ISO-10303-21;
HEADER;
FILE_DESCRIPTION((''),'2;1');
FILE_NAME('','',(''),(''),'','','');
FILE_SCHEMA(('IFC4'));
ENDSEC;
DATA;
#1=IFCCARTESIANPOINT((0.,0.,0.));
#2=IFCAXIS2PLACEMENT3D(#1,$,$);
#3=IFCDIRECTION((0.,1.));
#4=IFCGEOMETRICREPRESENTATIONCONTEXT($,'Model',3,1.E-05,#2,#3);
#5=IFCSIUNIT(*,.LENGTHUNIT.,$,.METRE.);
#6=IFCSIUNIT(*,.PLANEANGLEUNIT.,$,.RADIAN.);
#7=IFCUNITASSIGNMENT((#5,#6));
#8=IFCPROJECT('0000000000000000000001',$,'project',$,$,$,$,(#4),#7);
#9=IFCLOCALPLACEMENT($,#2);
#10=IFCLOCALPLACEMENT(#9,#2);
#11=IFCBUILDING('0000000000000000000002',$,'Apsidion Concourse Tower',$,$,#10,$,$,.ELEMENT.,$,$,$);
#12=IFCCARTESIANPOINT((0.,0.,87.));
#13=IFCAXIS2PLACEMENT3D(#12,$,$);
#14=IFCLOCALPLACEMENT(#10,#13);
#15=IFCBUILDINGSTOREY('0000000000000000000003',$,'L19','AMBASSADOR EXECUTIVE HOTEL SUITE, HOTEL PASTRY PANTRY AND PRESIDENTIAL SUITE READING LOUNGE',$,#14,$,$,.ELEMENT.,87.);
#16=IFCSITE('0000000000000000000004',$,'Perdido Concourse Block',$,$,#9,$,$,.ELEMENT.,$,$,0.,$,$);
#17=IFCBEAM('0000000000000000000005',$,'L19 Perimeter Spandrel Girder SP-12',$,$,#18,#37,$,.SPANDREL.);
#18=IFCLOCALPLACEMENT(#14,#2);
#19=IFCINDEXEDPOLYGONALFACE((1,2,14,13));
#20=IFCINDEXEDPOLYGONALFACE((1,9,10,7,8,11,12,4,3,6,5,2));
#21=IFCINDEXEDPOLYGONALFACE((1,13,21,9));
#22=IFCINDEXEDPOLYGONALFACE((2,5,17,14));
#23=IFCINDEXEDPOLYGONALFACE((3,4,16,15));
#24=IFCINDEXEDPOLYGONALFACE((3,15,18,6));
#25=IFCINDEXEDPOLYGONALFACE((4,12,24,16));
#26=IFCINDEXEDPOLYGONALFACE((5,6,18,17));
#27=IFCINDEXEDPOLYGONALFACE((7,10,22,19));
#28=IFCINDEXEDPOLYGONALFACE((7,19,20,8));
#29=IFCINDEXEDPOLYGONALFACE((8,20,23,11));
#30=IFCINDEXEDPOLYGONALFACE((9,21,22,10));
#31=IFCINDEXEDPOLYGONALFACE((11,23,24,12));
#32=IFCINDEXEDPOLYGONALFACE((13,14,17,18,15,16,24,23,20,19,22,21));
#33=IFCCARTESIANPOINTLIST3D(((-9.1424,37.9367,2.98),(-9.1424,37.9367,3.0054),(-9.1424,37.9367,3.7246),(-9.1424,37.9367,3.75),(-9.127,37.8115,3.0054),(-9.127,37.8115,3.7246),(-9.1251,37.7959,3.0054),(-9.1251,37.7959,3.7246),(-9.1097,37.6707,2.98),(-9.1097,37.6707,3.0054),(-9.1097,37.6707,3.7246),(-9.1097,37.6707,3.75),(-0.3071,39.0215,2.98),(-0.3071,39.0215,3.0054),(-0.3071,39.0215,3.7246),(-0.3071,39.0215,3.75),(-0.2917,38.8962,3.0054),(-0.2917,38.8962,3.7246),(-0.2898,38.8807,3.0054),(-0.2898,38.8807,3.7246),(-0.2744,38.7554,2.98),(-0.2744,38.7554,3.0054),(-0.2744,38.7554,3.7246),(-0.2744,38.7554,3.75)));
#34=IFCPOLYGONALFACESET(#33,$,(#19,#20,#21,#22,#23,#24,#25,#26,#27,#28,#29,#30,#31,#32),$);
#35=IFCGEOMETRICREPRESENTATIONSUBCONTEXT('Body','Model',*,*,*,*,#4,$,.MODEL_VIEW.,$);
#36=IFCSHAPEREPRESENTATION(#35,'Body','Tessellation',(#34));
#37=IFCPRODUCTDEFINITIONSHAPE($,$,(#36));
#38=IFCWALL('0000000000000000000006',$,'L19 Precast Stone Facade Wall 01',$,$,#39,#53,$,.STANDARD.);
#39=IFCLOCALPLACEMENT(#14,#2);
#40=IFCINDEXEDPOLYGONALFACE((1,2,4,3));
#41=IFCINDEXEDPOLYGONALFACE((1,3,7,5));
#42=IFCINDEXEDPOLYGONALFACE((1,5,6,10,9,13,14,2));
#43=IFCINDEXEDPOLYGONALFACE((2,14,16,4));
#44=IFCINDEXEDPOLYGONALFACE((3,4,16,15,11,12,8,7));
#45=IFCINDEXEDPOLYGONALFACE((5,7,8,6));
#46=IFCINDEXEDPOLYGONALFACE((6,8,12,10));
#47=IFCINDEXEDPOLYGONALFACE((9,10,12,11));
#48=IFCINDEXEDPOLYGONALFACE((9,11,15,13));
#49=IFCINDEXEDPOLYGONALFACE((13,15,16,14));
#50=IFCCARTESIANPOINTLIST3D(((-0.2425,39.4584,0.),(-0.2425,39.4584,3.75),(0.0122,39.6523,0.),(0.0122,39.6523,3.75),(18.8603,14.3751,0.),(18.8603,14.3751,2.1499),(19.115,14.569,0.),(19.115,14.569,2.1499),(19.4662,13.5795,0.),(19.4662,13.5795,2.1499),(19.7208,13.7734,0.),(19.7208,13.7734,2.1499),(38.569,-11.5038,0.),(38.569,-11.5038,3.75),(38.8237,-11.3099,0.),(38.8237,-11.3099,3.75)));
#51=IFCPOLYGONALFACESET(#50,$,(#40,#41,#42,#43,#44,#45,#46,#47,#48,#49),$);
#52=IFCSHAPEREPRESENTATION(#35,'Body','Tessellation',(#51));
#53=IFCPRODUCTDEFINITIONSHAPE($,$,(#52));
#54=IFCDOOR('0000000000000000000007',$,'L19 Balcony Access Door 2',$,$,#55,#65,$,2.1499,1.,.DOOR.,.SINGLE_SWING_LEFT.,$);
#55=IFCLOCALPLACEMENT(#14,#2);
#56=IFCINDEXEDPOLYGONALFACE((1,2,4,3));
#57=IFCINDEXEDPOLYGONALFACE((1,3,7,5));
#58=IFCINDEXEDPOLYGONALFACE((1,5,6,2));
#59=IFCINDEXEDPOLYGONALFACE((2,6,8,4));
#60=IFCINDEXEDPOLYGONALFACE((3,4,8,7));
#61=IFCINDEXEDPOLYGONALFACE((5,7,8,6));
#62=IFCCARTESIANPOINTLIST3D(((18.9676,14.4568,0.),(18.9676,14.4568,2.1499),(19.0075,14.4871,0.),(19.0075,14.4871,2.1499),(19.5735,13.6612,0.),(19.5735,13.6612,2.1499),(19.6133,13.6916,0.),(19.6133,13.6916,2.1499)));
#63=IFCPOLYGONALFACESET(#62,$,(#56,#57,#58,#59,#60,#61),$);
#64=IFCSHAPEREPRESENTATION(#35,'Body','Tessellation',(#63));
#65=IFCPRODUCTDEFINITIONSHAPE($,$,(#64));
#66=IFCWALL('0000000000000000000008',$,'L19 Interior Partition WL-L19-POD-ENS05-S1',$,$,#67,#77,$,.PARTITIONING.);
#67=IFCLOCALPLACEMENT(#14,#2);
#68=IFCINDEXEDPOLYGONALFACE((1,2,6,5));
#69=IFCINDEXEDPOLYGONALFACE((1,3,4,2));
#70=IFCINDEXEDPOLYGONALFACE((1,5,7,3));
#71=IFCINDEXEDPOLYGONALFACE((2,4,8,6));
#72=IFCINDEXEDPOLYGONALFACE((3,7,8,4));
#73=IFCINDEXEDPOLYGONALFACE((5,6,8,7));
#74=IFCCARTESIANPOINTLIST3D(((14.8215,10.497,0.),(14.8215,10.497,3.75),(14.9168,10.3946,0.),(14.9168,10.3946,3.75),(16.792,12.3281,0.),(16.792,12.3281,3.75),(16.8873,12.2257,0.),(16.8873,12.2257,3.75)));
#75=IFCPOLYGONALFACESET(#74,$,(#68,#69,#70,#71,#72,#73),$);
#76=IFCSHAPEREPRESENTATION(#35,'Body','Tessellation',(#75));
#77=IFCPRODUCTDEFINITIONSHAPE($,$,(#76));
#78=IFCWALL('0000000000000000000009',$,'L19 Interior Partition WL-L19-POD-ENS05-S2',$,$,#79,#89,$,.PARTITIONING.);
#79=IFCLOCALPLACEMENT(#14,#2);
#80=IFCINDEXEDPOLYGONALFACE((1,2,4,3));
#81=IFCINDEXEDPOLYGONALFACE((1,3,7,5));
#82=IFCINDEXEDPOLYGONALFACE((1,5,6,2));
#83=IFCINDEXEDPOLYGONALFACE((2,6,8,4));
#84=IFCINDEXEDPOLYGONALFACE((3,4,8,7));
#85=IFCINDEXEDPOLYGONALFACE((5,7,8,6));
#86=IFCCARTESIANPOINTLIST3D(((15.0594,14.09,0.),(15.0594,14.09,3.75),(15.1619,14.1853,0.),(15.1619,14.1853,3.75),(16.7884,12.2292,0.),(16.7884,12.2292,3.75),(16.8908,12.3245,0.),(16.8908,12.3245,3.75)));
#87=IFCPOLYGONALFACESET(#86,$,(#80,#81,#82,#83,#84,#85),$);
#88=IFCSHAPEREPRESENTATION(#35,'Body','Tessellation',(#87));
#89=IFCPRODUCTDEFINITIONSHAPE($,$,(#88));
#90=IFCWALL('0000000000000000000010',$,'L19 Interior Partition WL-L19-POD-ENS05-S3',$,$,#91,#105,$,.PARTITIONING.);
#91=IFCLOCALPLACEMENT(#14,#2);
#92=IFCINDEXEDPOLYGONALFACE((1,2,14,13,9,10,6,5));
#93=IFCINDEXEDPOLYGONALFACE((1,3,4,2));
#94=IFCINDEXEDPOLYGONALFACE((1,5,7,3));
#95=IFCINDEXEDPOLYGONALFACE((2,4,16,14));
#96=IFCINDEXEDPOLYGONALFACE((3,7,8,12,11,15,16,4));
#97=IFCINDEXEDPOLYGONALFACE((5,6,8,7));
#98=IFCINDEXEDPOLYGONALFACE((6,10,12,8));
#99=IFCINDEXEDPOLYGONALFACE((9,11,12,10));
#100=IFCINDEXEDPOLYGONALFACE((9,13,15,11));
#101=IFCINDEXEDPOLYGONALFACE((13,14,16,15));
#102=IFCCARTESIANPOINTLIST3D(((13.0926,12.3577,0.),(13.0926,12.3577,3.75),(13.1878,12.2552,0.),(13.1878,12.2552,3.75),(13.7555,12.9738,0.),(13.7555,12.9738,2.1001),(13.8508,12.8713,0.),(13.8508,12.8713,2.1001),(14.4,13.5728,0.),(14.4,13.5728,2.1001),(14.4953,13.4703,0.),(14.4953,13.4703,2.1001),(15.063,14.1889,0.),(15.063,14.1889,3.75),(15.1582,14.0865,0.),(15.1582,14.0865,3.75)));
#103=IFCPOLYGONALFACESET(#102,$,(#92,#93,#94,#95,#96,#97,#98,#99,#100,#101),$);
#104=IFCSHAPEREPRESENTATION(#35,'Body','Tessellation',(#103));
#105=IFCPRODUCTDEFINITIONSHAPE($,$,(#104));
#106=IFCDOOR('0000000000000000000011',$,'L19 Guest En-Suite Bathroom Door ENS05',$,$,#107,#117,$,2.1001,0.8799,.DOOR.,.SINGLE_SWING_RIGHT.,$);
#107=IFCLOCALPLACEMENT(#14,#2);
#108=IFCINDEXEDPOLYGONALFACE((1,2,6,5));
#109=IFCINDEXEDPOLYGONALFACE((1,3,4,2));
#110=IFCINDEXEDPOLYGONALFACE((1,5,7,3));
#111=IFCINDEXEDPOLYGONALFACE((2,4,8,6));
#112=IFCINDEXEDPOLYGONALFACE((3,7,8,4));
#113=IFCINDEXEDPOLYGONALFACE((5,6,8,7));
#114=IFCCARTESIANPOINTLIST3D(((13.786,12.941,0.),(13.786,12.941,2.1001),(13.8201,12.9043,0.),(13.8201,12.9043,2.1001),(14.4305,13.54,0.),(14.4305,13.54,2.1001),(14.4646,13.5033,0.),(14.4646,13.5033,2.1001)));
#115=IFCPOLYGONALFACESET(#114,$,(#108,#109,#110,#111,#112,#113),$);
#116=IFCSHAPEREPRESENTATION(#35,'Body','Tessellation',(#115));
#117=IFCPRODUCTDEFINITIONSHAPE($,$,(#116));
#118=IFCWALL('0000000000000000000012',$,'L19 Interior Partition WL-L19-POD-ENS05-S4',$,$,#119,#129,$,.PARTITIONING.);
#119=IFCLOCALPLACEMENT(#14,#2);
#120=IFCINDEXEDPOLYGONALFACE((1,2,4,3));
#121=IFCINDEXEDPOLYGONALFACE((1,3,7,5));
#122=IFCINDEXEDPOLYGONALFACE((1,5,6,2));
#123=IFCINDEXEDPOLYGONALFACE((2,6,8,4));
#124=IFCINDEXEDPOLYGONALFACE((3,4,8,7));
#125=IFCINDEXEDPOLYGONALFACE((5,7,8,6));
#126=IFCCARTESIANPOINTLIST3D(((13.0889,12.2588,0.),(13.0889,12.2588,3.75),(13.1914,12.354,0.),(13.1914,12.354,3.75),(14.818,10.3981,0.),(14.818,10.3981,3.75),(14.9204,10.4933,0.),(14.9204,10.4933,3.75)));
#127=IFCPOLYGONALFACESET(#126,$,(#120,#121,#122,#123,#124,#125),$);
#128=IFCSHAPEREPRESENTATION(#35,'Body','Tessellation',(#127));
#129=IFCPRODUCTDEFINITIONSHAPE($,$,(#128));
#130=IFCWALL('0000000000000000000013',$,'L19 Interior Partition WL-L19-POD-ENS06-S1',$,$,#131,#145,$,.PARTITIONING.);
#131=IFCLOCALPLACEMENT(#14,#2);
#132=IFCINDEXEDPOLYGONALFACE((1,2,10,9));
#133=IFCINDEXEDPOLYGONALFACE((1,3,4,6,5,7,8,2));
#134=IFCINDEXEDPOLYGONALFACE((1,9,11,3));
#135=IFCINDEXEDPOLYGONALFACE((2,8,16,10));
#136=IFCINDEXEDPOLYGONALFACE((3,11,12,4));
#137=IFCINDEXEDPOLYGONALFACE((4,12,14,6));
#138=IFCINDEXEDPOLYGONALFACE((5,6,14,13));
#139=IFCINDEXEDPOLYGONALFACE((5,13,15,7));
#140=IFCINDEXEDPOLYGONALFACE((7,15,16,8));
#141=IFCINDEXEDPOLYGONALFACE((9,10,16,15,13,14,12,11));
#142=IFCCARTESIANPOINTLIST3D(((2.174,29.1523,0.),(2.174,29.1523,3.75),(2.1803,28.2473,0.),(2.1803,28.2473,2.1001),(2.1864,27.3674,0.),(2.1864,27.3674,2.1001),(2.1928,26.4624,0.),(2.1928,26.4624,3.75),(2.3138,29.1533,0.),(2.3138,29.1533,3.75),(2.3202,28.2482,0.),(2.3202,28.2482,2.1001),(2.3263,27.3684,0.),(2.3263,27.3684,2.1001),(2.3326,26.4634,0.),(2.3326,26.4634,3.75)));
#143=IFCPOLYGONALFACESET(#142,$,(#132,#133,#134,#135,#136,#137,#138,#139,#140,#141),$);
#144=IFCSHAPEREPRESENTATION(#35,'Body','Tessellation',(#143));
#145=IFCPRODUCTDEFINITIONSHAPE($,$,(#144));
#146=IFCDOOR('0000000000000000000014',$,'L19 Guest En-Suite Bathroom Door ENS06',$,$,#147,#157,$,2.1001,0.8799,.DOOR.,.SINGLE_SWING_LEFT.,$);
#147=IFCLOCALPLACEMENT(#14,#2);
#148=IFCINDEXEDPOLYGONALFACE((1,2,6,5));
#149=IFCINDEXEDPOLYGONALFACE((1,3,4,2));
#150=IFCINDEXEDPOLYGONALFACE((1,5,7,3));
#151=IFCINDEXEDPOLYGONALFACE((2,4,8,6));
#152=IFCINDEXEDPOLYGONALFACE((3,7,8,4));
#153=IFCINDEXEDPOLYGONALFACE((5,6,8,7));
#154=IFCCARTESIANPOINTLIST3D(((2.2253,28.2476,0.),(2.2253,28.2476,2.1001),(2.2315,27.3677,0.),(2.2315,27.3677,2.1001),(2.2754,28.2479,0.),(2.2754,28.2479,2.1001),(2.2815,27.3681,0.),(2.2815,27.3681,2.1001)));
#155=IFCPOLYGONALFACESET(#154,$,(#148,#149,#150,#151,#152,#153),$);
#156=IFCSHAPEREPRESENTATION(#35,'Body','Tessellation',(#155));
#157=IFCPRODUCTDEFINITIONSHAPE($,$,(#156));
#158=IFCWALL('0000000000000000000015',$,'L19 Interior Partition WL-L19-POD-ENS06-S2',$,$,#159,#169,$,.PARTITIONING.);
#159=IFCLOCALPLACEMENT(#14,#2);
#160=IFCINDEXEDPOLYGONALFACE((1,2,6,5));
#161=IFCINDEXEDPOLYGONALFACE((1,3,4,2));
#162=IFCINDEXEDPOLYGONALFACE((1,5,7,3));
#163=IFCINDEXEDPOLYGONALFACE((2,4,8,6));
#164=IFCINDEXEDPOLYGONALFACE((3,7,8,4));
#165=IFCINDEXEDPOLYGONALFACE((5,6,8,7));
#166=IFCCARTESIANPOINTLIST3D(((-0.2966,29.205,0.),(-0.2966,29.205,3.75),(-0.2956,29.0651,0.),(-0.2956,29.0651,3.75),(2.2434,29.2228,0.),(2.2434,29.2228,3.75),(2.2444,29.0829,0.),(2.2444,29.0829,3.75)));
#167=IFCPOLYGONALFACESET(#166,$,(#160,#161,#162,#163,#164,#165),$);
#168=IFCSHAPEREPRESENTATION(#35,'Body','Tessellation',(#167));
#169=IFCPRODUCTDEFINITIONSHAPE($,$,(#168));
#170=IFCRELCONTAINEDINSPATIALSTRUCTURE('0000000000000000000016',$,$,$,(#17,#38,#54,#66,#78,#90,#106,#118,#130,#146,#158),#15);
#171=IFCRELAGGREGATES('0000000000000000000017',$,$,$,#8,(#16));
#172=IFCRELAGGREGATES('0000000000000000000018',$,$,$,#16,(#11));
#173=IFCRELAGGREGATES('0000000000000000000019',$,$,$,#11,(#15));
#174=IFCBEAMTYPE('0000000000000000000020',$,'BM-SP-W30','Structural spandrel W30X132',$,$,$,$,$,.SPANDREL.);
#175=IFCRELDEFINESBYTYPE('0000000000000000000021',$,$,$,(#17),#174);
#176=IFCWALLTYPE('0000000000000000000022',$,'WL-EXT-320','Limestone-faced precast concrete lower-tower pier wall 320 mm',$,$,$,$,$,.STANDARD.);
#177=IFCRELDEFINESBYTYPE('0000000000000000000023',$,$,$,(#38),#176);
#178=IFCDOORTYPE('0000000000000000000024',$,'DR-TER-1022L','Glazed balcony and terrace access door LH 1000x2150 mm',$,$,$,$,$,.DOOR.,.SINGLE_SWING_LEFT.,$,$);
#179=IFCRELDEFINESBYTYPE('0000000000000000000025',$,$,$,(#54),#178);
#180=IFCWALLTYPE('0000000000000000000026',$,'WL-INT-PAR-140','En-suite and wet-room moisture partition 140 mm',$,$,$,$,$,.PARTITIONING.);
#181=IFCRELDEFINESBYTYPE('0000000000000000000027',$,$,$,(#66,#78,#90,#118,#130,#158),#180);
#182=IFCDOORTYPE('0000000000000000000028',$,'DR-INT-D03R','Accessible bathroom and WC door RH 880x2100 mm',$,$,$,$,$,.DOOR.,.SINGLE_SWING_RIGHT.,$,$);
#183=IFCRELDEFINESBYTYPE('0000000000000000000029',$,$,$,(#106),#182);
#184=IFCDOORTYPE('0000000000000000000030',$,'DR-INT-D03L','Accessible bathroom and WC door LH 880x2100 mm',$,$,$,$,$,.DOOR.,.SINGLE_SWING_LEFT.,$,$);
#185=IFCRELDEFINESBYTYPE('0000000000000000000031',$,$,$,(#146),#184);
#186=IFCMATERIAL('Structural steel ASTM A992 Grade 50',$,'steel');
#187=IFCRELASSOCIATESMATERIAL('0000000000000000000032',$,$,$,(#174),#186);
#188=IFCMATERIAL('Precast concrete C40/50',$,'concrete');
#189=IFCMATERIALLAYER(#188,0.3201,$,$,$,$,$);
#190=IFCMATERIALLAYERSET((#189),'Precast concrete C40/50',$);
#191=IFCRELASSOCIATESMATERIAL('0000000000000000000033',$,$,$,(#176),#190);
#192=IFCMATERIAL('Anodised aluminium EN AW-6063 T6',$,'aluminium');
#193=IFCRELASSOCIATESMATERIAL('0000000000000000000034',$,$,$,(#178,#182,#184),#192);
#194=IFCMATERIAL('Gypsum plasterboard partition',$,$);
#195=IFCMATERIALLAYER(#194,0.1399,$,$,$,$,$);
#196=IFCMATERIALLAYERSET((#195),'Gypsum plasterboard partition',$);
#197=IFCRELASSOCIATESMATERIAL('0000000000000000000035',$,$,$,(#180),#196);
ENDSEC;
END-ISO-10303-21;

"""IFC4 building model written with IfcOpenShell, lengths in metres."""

from ifc_helpers import new_model, si_unit, direction, frame, frame_2d, origin, origin_2d, place, context, subcontext, project, spatial, rectangle, i_section, extrude, material, layer, layer_set, material_profile, profile_set, type_object, element, fill, save


model = new_model("IFC4")

# Units and contexts
model_context = context("Model", 3, precision=1e-05, world=origin(), true_north=direction((0.0, 1.0)))
body_context = subcontext(model_context, "Body", "Model", "MODEL_VIEW")
ifc_project = project(units=[si_unit("LENGTHUNIT", "METRE"), si_unit("PLANEANGLEUNIT", "RADIAN")], contexts=[model_context])

# Site, building, storey
site_placement = place(None, origin())
site = spatial("IfcSite", under=ifc_project, at=site_placement, Name="Perdido Concourse Block", CompositionType="ELEMENT", RefElevation=0.0)
building_placement = place(site_placement, origin())
building = spatial("IfcBuilding", under=site, at=building_placement, Name="Apsidion Concourse Tower", CompositionType="ELEMENT")
storey_placement = place(building_placement, frame((0.0, 0.0, 87.0)))
storey = spatial("IfcBuildingStorey", under=building, at=storey_placement, Name="L19", Description="AMBASSADOR EXECUTIVE HOTEL SUITE, HOTEL PASTRY PANTRY AND PRESIDENTIAL SUITE READING LOUNGE", CompositionType="ELEMENT", Elevation=87.0)

# Beam
ifc_material_1 = material(Name="Structural steel ASTM A992 Grade 50", Category="steel")
ifc_material_profile_1 = material_profile(ifc_material_1, i_section(OverallWidth=0.2681, OverallDepth=0.77, WebThickness=0.0156, FlangeThickness=0.0254, at=origin_2d()), Name="W30X132")
ifc_profile_set_1 = profile_set([ifc_material_profile_1], Name="Structural steel ASTM A992 Grade 50")
beam_type_1 = type_object("IfcBeamType", Name="BM-SP-W30", Description="Structural spandrel W30X132", PredefinedType="SPANDREL", material=ifc_profile_set_1)
beam_1_placement = place(storey_placement, frame((-0.2908, 38.8884, 3.365), z_axis=(-0.992548, -0.121857, 0.0), x_axis=(0.121857, -0.992548, 0.0)))
element("IfcBeam", 1, at=beam_1_placement, inside=storey, type_object=beam_type_1, Name="L19 Perimeter Spandrel Girder SP-12", PredefinedType="SPANDREL", context=body_context, shape_type="SweptSolid", body=[
    extrude(i_section(OverallWidth=0.2681, OverallDepth=0.77, WebThickness=0.0156, FlangeThickness=0.0254, at=origin_2d()), origin(), (0.0, 0.0, 1.0), 8.9016),
])

# Wall, opening, door
ifc_material_2 = material(Name="Precast concrete C40/50", Category="concrete")
ifc_layer_1 = layer(ifc_material_2, 0.3201)
ifc_layer_set_1 = layer_set([ifc_layer_1], Name="Precast concrete C40/50")
wall_type_1 = type_object("IfcWallType", Name="WL-EXT-320", Description="Limestone-faced precast concrete lower-tower pier wall 320 mm", PredefinedType="STANDARD", material=ifc_layer_set_1)
wall_1_placement = place(storey_placement, frame((-0.1152, 39.5554, 0.0), z_axis=(0.0, 0.0, 1.0), x_axis=(0.605877, -0.795558, 0.0)))
wall_1 = element("IfcWall", 2, at=wall_1_placement, inside=storey, type_object=wall_type_1, Name="L19 Precast Stone Facade Wall 01", PredefinedType="STANDARD", context=body_context, shape_type="SweptSolid", body=[
    extrude(rectangle(XDim=64.0583, YDim=0.3201, at=frame_2d((32.0293, 0.0))), origin(), (0.0, 0.0, 1.0), 3.75),
])
opening_1_placement = place(wall_1_placement, frame((31.5293, 0.0, 0.0)))
opening_1 = element("IfcOpeningElement", 3, at=opening_1_placement, cuts=wall_1, PredefinedType="OPENING", context=body_context, shape_type="SweptSolid", body=[
    extrude(rectangle(XDim=1.0, YDim=2.1499, at=frame_2d((0.5, 1.075))), frame((0.0, 0.1699, 0.0), z_axis=(0.0, -1.0, 0.0), x_axis=(1.0, 0.0, 0.0)), (0.0, 0.0, 1.0), 0.3401),
])
ifc_material_3 = material(Name="Anodised aluminium EN AW-6063 T6", Category="aluminium")
door_type_1 = type_object("IfcDoorType", Name="DR-TER-1022L", Description="Glazed balcony and terrace access door LH 1000x2150 mm", OperationType="SINGLE_SWING_LEFT", PredefinedType="DOOR", material=ifc_material_3)
door_1_placement = place(opening_1_placement, origin())
door_1 = element("IfcDoor", 4, at=door_1_placement, inside=storey, type_object=door_type_1, Name="L19 Balcony Access Door 2", OperationType="SINGLE_SWING_LEFT", OverallHeight=2.1499, OverallWidth=1.0, PredefinedType="DOOR", context=body_context, shape_type="SweptSolid", body=[
    extrude(rectangle(XDim=1.0, YDim=2.1499, at=frame_2d((0.5, 1.075))), frame((0.0, 0.0249, 0.0), z_axis=(0.0, -1.0, 0.0), x_axis=(1.0, 0.0, 0.0)), (0.0, 0.0, 1.0), 0.05),
])
fill(opening_1, door_1)

# Walls
ifc_material_4 = material(Name="Gypsum plasterboard partition")
ifc_layer_2 = layer(ifc_material_4, 0.1399)
ifc_layer_set_2 = layer_set([ifc_layer_2], Name="Gypsum plasterboard partition")
wall_type_2 = type_object("IfcWallType", Name="WL-INT-PAR-140", Description="En-suite and wet-room moisture partition 140 mm", PredefinedType="PARTITIONING", material=ifc_layer_set_2)
wall_2_placement = place(storey_placement, frame((14.8691, 10.4458, 0.0), z_axis=(0.0, 0.0, 1.0), x_axis=(0.732545, 0.680719, 0.0)))
element("IfcWall", 5, at=wall_2_placement, inside=storey, type_object=wall_type_2, Name="L19 Interior Partition WL-L19-POD-ENS05-S1", PredefinedType="PARTITIONING", context=body_context, shape_type="SweptSolid", body=[
    extrude(rectangle(XDim=2.6899, YDim=0.1399, at=frame_2d((1.345, 0.0))), origin(), (0.0, 0.0, 1.0), 3.75),
])
wall_3_placement = place(storey_placement, frame((16.8396, 12.2769, 0.0), z_axis=(0.0, 0.0, 1.0), x_axis=(-0.68068, 0.732581, 0.0)))
element("IfcWall", 6, at=wall_3_placement, inside=storey, type_object=wall_type_2, Name="L19 Interior Partition WL-L19-POD-ENS05-S2", PredefinedType="PARTITIONING", context=body_context, shape_type="SweptSolid", body=[
    extrude(rectangle(XDim=2.54, YDim=0.1399, at=frame_2d((1.27, 0.0))), origin(), (0.0, 0.0, 1.0), 3.75),
])

# Wall, opening, door
wall_4_placement = place(storey_placement, frame((15.1106, 14.1377, 0.0), z_axis=(0.0, 0.0, 1.0), x_axis=(-0.732499, -0.680768, 0.0)))
wall_4 = element("IfcWall", 7, at=wall_4_placement, inside=storey, type_object=wall_type_2, Name="L19 Interior Partition WL-L19-POD-ENS05-S3", PredefinedType="PARTITIONING", context=body_context, shape_type="SweptSolid", body=[
    extrude(rectangle(XDim=2.6899, YDim=0.1399, at=frame_2d((1.345, 0.0))), origin(), (0.0, 0.0, 1.0), 3.75),
])
opening_2_placement = place(wall_4_placement, frame((0.905, 0.0, 0.0)))
opening_2 = element("IfcOpeningElement", 8, at=opening_2_placement, cuts=wall_4, PredefinedType="OPENING", context=body_context, shape_type="SweptSolid", body=[
    extrude(rectangle(XDim=0.8799, YDim=2.1001, at=frame_2d((0.4399, 1.05))), frame((0.0, 0.0801, 0.0), z_axis=(0.0, -1.0, 0.0), x_axis=(1.0, 0.0, 0.0)), (0.0, 0.0, 1.0), 0.1599),
])
door_type_2 = type_object("IfcDoorType", Name="DR-INT-D03R", Description="Accessible bathroom and WC door RH 880x2100 mm", OperationType="SINGLE_SWING_RIGHT", PredefinedType="DOOR", material=ifc_material_3)
door_2_placement = place(opening_2_placement, origin())
door_2 = element("IfcDoor", 9, at=door_2_placement, inside=storey, type_object=door_type_2, Name="L19 Guest En-Suite Bathroom Door ENS05", OperationType="SINGLE_SWING_RIGHT", OverallHeight=2.1001, OverallWidth=0.8799, PredefinedType="DOOR", context=body_context, shape_type="SweptSolid", body=[
    extrude(rectangle(XDim=0.8799, YDim=2.1001, at=frame_2d((0.4399, 1.05))), frame((0.0, 0.0249, 0.0), z_axis=(0.0, -1.0, 0.0), x_axis=(1.0, 0.0, 0.0)), (0.0, 0.0, 1.0), 0.05),
])
fill(opening_2, door_2)

# Wall
wall_5_placement = place(storey_placement, frame((13.1401, 12.3064, 0.0), z_axis=(0.0, 0.0, 1.0), x_axis=(0.680728, -0.732537, 0.0)))
element("IfcWall", 10, at=wall_5_placement, inside=storey, type_object=wall_type_2, Name="L19 Interior Partition WL-L19-POD-ENS05-S4", PredefinedType="PARTITIONING", context=body_context, shape_type="SweptSolid", body=[
    extrude(rectangle(XDim=2.54, YDim=0.1399, at=frame_2d((1.27, 0.0))), origin(), (0.0, 0.0, 1.0), 3.75),
])

# Wall, opening, door
wall_6_placement = place(storey_placement, frame((2.2627, 26.4629, 0.0), z_axis=(0.0, 0.0, 1.0), x_axis=(-0.006988, 0.999976, 0.0)))
wall_6 = element("IfcWall", 11, at=wall_6_placement, inside=storey, type_object=wall_type_2, Name="L19 Interior Partition WL-L19-POD-ENS06-S1", PredefinedType="PARTITIONING", context=body_context, shape_type="SweptSolid", body=[
    extrude(rectangle(XDim=2.6899, YDim=0.1399, at=frame_2d((1.345, 0.0))), origin(), (0.0, 0.0, 1.0), 3.75),
])
opening_3_placement = place(wall_6_placement, frame((0.905, 0.0, 0.0)))
opening_3 = element("IfcOpeningElement", 12, at=opening_3_placement, cuts=wall_6, PredefinedType="OPENING", context=body_context, shape_type="SweptSolid", body=[
    extrude(rectangle(XDim=0.8799, YDim=2.1001, at=frame_2d((0.4399, 1.05))), frame((0.0, 0.0801, 0.0), z_axis=(0.0, -1.0, 0.0), x_axis=(1.0, 0.0, 0.0)), (0.0, 0.0, 1.0), 0.1599),
])
door_type_3 = type_object("IfcDoorType", Name="DR-INT-D03L", Description="Accessible bathroom and WC door LH 880x2100 mm", OperationType="SINGLE_SWING_LEFT", PredefinedType="DOOR", material=ifc_material_3)
door_3_placement = place(opening_3_placement, origin())
door_3 = element("IfcDoor", 13, at=door_3_placement, inside=storey, type_object=door_type_3, Name="L19 Guest En-Suite Bathroom Door ENS06", OperationType="SINGLE_SWING_LEFT", OverallHeight=2.1001, OverallWidth=0.8799, PredefinedType="DOOR", context=body_context, shape_type="SweptSolid", body=[
    extrude(rectangle(XDim=0.8799, YDim=2.1001, at=frame_2d((0.4399, 1.05))), frame((0.0, 0.0249, 0.0), z_axis=(0.0, -1.0, 0.0), x_axis=(1.0, 0.0, 0.0)), (0.0, 0.0, 1.0), 0.05),
])
fill(opening_3, door_3)

# Wall
wall_7_placement = place(storey_placement, frame((2.2439, 29.1528, 0.0), z_axis=(0.0, 0.0, 1.0), x_axis=(-0.999975, -0.007016, 0.0)))
element("IfcWall", 14, at=wall_7_placement, inside=storey, type_object=wall_type_2, Name="L19 Interior Partition WL-L19-POD-ENS06-S2", PredefinedType="PARTITIONING", context=body_context, shape_type="SweptSolid", body=[
    extrude(rectangle(XDim=2.54, YDim=0.1399, at=frame_2d((1.27, 0.0))), origin(), (0.0, 0.0, 1.0), 3.75),
])

save(model, "model.ifc")
